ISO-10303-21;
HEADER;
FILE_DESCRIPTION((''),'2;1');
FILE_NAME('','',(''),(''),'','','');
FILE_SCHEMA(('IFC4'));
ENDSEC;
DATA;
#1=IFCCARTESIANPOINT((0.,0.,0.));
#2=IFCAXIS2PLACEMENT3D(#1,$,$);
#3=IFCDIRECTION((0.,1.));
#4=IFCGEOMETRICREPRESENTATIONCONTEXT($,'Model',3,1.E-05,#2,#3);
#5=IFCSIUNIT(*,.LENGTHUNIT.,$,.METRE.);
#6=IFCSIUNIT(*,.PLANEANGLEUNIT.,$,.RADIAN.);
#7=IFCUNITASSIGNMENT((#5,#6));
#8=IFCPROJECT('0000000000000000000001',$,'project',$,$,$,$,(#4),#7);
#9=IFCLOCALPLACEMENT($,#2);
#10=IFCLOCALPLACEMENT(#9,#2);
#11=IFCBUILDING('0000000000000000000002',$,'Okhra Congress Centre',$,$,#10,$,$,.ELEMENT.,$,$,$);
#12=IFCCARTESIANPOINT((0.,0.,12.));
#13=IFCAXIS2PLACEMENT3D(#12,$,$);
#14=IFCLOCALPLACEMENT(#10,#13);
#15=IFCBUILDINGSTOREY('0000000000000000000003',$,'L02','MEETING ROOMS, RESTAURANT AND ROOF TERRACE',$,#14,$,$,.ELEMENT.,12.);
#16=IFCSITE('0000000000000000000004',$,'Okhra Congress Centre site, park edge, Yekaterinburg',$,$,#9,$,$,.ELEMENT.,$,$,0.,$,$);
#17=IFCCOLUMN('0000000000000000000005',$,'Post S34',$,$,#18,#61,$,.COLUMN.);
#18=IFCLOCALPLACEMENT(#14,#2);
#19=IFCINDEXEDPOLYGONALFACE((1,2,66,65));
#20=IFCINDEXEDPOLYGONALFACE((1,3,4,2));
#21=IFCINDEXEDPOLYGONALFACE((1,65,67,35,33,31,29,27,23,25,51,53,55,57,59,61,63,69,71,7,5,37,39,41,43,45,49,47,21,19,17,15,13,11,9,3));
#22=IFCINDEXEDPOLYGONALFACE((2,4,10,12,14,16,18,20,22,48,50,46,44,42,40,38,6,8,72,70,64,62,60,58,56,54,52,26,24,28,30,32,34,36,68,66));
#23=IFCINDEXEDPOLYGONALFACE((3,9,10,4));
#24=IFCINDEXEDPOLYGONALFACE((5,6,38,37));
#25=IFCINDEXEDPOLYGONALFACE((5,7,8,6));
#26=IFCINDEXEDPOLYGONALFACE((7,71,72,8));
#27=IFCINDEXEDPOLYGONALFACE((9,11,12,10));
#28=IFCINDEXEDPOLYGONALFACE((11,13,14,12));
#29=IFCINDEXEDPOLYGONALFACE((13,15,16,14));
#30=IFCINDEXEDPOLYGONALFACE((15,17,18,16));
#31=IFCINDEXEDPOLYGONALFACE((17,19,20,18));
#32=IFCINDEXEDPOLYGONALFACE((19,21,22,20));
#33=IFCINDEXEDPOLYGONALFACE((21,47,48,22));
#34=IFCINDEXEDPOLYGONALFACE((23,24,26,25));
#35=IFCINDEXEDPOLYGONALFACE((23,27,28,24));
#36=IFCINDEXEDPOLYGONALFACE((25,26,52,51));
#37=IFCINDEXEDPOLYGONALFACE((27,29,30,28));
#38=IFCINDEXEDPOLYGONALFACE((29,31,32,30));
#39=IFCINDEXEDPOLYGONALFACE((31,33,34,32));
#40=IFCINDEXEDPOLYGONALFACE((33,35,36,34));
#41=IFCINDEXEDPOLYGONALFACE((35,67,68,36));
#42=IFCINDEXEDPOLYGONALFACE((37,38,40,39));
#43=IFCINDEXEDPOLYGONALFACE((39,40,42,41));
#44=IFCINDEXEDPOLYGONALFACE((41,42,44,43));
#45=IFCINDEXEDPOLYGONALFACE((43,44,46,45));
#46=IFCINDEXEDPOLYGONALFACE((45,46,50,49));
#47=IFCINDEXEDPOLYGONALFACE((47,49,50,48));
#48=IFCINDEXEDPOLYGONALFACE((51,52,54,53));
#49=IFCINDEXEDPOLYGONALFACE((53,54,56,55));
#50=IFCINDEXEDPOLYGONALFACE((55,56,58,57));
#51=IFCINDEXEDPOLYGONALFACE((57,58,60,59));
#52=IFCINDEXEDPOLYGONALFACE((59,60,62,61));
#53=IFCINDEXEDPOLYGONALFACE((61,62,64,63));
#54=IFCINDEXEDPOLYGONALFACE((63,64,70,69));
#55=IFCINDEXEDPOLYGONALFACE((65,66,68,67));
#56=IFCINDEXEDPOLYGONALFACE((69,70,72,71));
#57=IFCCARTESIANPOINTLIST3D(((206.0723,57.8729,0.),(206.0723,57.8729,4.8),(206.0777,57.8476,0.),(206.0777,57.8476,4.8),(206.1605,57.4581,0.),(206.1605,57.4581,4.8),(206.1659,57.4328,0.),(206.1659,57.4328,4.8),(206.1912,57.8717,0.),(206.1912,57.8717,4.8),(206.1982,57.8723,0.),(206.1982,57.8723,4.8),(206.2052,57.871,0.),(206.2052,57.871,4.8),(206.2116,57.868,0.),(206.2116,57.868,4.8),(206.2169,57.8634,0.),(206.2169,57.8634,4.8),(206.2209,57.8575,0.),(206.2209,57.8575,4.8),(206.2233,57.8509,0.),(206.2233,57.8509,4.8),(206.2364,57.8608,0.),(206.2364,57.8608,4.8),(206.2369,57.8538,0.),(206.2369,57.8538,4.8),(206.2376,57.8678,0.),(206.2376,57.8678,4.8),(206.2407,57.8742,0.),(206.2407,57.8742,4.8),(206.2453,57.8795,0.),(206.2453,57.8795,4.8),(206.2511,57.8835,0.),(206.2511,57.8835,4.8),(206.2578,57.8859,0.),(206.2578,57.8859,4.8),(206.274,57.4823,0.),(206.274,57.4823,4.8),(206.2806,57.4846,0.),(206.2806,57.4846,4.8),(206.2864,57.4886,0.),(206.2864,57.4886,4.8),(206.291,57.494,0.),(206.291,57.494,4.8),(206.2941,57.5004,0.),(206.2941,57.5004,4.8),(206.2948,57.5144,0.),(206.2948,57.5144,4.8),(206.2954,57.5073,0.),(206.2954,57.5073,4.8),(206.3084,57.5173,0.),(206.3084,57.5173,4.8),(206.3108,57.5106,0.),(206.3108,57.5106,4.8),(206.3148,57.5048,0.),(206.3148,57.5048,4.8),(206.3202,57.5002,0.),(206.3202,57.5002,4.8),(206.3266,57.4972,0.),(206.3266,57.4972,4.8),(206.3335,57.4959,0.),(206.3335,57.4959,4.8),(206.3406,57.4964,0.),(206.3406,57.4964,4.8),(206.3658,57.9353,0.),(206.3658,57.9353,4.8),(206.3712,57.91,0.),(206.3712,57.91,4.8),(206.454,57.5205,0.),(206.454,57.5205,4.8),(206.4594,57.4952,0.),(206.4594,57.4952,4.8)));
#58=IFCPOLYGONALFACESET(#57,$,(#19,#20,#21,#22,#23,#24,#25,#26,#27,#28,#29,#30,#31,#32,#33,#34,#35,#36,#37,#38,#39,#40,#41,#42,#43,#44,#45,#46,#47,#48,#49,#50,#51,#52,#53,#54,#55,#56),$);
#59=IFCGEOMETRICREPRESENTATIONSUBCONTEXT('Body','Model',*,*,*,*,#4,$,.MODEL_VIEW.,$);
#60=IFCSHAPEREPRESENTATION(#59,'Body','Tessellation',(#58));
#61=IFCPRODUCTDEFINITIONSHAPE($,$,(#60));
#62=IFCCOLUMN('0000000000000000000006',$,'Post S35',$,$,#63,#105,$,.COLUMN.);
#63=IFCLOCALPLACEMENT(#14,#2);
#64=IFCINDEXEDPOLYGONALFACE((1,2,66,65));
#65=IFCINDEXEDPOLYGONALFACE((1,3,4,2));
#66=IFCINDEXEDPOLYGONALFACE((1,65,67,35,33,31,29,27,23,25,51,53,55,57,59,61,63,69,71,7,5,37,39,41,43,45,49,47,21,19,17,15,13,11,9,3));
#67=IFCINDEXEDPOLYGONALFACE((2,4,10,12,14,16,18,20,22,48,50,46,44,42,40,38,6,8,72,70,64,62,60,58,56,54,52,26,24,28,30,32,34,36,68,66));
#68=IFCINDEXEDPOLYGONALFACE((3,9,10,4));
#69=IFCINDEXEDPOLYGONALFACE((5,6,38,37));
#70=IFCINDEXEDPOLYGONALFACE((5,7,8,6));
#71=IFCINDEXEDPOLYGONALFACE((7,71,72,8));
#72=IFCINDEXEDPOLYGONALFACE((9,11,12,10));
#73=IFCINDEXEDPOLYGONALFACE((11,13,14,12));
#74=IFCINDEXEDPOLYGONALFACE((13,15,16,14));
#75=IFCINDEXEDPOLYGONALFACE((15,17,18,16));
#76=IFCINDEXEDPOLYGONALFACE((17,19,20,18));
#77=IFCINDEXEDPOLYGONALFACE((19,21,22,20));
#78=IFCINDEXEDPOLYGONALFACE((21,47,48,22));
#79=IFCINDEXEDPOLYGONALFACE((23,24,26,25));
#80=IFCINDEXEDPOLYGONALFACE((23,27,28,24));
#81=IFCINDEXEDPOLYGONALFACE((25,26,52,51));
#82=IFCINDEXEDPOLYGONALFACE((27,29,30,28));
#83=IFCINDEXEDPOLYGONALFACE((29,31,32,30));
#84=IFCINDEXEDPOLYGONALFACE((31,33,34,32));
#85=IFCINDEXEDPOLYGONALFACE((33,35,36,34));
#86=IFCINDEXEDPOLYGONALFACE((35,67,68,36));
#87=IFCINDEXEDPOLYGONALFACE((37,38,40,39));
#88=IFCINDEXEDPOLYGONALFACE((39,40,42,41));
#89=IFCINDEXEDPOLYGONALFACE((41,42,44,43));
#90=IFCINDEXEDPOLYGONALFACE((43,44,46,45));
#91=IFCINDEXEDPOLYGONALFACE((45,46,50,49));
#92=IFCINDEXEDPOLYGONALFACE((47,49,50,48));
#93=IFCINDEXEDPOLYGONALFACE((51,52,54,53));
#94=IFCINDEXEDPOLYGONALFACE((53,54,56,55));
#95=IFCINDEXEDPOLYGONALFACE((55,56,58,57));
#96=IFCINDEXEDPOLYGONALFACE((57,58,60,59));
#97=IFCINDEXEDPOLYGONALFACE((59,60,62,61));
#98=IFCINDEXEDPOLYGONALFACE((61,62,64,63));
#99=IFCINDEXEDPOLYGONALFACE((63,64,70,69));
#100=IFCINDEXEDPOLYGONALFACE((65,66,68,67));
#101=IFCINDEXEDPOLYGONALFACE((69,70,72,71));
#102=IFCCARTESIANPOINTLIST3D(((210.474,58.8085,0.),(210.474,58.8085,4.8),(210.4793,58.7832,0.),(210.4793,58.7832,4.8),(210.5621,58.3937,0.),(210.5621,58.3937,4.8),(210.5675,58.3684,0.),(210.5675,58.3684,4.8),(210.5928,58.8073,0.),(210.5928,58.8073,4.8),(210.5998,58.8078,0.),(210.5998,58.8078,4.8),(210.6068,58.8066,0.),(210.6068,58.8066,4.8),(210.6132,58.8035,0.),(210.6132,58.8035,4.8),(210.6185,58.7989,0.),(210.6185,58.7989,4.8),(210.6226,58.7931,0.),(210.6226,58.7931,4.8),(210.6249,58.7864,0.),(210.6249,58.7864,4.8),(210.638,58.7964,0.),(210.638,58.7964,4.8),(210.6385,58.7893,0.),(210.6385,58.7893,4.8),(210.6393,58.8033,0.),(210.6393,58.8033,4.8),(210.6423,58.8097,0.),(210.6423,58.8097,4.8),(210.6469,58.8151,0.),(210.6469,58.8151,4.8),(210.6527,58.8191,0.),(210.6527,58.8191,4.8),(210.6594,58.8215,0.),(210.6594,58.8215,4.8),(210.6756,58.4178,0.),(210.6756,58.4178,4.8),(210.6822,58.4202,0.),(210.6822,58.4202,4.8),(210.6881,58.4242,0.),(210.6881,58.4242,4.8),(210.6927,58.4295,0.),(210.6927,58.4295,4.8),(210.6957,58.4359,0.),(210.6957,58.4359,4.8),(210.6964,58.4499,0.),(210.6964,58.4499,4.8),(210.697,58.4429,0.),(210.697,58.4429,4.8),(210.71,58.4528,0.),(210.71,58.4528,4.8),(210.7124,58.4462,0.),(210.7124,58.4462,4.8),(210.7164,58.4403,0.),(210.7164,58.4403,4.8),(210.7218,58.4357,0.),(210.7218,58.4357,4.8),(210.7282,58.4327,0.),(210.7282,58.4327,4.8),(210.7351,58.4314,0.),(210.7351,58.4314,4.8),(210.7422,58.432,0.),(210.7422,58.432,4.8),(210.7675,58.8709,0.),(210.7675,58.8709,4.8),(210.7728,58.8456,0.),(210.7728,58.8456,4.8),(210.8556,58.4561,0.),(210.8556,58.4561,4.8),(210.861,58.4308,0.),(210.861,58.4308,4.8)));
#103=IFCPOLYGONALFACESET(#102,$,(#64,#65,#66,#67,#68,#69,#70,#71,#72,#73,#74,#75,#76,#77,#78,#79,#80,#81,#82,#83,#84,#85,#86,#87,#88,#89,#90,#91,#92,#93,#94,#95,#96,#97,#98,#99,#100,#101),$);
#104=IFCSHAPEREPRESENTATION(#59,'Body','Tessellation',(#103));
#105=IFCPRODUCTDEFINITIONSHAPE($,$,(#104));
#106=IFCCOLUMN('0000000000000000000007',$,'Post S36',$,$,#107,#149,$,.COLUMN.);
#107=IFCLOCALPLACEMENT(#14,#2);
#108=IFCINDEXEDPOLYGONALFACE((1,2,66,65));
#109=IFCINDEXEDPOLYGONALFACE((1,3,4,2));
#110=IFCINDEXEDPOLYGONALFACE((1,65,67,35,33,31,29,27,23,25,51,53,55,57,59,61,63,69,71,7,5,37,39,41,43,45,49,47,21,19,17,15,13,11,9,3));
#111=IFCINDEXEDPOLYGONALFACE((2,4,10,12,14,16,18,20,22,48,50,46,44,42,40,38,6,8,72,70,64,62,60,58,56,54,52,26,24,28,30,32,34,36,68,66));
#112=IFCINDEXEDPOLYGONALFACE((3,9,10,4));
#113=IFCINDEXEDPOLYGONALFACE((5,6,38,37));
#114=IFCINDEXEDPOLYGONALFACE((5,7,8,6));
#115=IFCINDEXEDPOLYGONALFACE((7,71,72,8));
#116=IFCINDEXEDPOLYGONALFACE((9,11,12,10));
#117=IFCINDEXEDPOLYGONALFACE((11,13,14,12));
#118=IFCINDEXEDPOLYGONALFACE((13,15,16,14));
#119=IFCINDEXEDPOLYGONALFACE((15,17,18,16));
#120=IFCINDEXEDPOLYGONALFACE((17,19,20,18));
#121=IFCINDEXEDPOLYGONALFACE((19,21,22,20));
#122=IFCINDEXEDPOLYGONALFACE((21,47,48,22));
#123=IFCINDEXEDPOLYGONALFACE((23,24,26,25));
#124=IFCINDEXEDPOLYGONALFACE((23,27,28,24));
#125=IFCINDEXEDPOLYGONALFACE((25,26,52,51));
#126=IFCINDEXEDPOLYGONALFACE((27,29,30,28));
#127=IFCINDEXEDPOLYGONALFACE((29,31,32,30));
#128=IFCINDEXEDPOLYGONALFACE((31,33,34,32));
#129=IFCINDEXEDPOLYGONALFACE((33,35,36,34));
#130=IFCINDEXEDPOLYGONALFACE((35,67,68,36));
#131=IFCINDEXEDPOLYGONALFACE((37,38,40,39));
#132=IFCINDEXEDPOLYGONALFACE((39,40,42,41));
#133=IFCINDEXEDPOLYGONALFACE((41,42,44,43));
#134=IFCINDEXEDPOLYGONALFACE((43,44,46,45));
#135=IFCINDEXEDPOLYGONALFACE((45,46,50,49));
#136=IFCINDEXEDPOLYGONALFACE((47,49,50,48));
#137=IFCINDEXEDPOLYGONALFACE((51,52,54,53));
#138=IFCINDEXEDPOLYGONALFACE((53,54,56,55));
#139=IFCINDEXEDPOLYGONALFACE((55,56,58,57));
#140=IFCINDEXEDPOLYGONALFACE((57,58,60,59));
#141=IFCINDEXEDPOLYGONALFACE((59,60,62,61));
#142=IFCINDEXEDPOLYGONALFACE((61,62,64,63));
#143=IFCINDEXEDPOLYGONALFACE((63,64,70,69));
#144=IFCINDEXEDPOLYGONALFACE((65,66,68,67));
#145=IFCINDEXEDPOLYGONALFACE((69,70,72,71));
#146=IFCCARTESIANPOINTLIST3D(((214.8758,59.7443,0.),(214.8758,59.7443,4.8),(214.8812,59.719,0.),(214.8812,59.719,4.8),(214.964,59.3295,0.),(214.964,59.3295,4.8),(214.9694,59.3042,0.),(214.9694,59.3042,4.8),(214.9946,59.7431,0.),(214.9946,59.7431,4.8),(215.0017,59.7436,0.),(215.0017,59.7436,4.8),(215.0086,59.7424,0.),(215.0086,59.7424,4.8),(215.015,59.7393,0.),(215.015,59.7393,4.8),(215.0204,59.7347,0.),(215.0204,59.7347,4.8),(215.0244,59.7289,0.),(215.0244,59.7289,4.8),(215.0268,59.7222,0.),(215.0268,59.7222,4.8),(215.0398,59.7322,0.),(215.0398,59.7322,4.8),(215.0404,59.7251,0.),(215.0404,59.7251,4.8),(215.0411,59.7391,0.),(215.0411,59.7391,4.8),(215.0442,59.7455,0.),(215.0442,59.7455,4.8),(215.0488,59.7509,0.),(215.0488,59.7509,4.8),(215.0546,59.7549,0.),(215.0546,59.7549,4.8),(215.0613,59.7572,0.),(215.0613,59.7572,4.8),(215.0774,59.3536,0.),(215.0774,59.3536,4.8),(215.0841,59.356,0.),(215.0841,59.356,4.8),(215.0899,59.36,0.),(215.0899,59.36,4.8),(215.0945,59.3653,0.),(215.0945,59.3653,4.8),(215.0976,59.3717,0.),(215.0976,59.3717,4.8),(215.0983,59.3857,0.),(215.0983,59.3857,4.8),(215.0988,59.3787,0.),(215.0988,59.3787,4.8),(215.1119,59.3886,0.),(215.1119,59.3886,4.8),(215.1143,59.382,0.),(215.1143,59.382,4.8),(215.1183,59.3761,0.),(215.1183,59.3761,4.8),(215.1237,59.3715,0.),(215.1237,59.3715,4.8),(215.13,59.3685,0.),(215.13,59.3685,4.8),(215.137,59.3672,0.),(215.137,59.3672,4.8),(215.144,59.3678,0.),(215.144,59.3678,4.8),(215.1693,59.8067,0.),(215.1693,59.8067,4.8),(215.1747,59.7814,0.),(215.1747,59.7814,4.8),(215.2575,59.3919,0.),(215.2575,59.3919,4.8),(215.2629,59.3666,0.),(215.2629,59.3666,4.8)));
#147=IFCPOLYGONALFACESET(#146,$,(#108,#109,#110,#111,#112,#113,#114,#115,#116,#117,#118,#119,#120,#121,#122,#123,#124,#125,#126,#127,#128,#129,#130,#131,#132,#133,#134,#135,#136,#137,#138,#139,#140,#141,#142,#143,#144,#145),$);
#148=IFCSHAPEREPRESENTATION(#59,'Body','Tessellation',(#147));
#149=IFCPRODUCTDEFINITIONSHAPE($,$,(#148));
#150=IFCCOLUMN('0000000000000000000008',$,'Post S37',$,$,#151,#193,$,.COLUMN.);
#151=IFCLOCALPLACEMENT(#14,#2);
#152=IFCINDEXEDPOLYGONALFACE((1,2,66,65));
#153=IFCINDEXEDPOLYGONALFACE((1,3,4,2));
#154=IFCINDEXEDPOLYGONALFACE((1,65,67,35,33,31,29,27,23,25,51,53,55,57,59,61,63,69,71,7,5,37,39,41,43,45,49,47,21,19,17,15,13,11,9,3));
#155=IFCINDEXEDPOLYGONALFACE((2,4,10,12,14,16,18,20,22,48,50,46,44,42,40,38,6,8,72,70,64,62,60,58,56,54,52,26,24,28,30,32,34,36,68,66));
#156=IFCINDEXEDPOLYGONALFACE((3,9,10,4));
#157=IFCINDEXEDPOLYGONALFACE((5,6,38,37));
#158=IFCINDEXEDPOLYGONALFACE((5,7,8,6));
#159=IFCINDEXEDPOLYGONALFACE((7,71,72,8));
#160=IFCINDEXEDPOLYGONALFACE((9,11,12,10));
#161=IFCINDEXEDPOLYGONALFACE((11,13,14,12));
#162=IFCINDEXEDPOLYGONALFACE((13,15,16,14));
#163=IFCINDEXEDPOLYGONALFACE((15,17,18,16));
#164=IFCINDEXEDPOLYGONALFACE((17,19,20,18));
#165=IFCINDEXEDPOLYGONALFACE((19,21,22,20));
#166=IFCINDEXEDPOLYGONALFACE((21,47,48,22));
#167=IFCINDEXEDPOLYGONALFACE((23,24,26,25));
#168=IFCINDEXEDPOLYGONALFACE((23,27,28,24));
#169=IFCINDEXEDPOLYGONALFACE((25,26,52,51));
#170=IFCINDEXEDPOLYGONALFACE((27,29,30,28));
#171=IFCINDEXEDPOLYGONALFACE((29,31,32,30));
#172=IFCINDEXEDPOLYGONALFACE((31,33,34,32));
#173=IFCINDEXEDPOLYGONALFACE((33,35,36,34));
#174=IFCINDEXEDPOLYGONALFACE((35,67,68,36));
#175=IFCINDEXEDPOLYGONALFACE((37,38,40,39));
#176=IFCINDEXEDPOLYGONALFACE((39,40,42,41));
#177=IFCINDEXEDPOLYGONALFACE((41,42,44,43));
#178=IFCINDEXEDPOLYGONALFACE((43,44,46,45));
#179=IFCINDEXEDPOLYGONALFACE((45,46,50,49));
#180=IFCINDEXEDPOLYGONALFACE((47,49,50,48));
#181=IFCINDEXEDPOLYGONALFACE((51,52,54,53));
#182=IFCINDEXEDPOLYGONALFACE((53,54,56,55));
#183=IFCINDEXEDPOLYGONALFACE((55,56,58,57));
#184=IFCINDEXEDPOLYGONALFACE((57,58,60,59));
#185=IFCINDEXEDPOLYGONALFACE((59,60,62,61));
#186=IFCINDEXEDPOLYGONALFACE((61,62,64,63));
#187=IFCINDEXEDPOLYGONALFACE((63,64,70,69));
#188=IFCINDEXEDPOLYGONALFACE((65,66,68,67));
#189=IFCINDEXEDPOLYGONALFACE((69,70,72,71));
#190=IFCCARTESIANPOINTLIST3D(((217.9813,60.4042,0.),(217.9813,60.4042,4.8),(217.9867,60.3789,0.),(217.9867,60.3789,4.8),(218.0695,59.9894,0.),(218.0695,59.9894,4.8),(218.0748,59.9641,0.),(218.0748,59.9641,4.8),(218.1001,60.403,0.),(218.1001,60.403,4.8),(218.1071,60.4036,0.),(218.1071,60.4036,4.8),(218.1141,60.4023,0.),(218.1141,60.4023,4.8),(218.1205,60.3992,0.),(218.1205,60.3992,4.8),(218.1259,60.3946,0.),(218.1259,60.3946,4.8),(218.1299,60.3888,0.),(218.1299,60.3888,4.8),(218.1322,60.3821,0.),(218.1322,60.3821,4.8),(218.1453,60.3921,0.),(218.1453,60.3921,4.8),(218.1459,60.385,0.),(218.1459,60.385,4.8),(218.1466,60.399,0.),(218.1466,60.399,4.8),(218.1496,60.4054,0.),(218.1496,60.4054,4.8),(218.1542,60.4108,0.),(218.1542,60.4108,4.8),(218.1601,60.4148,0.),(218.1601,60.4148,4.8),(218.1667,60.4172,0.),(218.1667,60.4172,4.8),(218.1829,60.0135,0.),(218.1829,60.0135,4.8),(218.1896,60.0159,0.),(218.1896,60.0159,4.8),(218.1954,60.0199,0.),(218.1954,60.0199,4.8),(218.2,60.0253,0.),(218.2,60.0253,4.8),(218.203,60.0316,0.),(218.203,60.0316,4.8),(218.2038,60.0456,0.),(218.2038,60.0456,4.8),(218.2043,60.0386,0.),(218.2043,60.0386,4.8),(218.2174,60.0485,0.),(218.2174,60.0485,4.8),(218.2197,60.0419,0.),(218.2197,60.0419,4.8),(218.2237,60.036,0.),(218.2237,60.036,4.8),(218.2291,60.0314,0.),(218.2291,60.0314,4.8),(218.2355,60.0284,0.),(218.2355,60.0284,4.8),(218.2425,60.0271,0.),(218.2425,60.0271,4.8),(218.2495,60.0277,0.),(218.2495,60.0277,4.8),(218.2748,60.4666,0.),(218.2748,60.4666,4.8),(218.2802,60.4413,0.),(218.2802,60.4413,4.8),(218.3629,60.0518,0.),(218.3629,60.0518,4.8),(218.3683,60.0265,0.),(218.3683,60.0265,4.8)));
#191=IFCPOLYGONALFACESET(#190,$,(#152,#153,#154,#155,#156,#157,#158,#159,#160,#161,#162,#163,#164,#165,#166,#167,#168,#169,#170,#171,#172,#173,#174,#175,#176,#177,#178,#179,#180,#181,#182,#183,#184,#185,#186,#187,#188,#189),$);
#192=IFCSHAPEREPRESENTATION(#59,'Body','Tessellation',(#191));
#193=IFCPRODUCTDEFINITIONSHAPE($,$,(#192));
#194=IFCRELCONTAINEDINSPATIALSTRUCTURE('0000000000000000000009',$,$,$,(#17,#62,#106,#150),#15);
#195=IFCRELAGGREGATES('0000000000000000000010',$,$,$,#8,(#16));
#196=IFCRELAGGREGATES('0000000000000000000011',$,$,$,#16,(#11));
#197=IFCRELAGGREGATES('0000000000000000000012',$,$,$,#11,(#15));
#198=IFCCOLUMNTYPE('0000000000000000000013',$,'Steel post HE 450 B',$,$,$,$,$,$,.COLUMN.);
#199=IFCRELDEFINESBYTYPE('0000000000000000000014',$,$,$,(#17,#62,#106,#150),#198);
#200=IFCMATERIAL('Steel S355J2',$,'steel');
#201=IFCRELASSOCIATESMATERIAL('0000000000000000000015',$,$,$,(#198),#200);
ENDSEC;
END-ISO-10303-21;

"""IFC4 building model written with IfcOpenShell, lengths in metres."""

from ifc_helpers import new_model, si_unit, direction, frame, origin, origin_2d, place, context, subcontext, project, spatial, i_section, extrude, material, material_profile, profile_set, type_object, element, save


model = new_model("IFC4")

# Units and contexts
model_context = context("Model", 3, precision=1e-05, world=origin(), true_north=direction((0.0, 1.0)))
body_context = subcontext(model_context, "Body", "Model", "MODEL_VIEW")
ifc_project = project(units=[si_unit("LENGTHUNIT", "METRE"), si_unit("PLANEANGLEUNIT", "RADIAN")], contexts=[model_context])

# Site, building, storey
site_placement = place(None, origin())
site = spatial("IfcSite", under=ifc_project, at=site_placement, Name="Okhra Congress Centre site, park edge, Yekaterinburg", CompositionType="ELEMENT", RefElevation=0.0)
building_placement = place(site_placement, origin())
building = spatial("IfcBuilding", under=site, at=building_placement, Name="Okhra Congress Centre", CompositionType="ELEMENT")
storey_placement = place(building_placement, frame((0.0, 0.0, 12.0)))
storey = spatial("IfcBuildingStorey", under=building, at=storey_placement, Name="L02", Description="MEETING ROOMS, RESTAURANT AND ROOF TERRACE", CompositionType="ELEMENT", Elevation=12.0)

# Columns
ifc_material_1 = material(Name="Steel S355J2", Category="steel")
ifc_material_profile_1 = material_profile(ifc_material_1, i_section(OverallWidth=0.3, OverallDepth=0.45, WebThickness=0.0139, FlangeThickness=0.0259, FilletRadius=0.0271, at=origin_2d()), Name="HE 450 B")
ifc_profile_set_1 = profile_set([ifc_material_profile_1], Name="Steel S355J2")
column_type = type_object("IfcColumnType", Name="Steel post HE 450 B", PredefinedType="COLUMN", material=ifc_profile_set_1)
for number, where, z_axis, x_axis, name in (
    (1, (206.2659, 57.6841, 0.0), (0.0, 0.0, 1.0), (0.978148, 0.207912, 0.0), "Post S34"),
    (2, (210.6675, 58.6196, 0.0), (0.0, 0.0, 1.0), (0.978148, 0.207912, 0.0), "Post S35"),
    (3, (215.0693, 59.5554, 0.0), (0.0, 0.0, 1.0), (0.978148, 0.207912, 0.0), "Post S36"),
    (4, (218.1748, 60.2153, 0.0), (0.0, 0.0, 1.0), (0.978148, 0.207912, 0.0), "Post S37"),
):
    element("IfcColumn", number, at=place(storey_placement, frame(where, z_axis=z_axis, x_axis=x_axis)), inside=storey, type_object=column_type, Name=name, PredefinedType="COLUMN", context=body_context, shape_type="SweptSolid", body=[
        extrude(i_section(OverallWidth=0.3, OverallDepth=0.45, WebThickness=0.0139, FlangeThickness=0.0259, FilletRadius=0.0271, at=origin_2d()), origin(), (0.0, 0.0, 1.0), 4.8),
    ])

save(model, "model.ifc")
